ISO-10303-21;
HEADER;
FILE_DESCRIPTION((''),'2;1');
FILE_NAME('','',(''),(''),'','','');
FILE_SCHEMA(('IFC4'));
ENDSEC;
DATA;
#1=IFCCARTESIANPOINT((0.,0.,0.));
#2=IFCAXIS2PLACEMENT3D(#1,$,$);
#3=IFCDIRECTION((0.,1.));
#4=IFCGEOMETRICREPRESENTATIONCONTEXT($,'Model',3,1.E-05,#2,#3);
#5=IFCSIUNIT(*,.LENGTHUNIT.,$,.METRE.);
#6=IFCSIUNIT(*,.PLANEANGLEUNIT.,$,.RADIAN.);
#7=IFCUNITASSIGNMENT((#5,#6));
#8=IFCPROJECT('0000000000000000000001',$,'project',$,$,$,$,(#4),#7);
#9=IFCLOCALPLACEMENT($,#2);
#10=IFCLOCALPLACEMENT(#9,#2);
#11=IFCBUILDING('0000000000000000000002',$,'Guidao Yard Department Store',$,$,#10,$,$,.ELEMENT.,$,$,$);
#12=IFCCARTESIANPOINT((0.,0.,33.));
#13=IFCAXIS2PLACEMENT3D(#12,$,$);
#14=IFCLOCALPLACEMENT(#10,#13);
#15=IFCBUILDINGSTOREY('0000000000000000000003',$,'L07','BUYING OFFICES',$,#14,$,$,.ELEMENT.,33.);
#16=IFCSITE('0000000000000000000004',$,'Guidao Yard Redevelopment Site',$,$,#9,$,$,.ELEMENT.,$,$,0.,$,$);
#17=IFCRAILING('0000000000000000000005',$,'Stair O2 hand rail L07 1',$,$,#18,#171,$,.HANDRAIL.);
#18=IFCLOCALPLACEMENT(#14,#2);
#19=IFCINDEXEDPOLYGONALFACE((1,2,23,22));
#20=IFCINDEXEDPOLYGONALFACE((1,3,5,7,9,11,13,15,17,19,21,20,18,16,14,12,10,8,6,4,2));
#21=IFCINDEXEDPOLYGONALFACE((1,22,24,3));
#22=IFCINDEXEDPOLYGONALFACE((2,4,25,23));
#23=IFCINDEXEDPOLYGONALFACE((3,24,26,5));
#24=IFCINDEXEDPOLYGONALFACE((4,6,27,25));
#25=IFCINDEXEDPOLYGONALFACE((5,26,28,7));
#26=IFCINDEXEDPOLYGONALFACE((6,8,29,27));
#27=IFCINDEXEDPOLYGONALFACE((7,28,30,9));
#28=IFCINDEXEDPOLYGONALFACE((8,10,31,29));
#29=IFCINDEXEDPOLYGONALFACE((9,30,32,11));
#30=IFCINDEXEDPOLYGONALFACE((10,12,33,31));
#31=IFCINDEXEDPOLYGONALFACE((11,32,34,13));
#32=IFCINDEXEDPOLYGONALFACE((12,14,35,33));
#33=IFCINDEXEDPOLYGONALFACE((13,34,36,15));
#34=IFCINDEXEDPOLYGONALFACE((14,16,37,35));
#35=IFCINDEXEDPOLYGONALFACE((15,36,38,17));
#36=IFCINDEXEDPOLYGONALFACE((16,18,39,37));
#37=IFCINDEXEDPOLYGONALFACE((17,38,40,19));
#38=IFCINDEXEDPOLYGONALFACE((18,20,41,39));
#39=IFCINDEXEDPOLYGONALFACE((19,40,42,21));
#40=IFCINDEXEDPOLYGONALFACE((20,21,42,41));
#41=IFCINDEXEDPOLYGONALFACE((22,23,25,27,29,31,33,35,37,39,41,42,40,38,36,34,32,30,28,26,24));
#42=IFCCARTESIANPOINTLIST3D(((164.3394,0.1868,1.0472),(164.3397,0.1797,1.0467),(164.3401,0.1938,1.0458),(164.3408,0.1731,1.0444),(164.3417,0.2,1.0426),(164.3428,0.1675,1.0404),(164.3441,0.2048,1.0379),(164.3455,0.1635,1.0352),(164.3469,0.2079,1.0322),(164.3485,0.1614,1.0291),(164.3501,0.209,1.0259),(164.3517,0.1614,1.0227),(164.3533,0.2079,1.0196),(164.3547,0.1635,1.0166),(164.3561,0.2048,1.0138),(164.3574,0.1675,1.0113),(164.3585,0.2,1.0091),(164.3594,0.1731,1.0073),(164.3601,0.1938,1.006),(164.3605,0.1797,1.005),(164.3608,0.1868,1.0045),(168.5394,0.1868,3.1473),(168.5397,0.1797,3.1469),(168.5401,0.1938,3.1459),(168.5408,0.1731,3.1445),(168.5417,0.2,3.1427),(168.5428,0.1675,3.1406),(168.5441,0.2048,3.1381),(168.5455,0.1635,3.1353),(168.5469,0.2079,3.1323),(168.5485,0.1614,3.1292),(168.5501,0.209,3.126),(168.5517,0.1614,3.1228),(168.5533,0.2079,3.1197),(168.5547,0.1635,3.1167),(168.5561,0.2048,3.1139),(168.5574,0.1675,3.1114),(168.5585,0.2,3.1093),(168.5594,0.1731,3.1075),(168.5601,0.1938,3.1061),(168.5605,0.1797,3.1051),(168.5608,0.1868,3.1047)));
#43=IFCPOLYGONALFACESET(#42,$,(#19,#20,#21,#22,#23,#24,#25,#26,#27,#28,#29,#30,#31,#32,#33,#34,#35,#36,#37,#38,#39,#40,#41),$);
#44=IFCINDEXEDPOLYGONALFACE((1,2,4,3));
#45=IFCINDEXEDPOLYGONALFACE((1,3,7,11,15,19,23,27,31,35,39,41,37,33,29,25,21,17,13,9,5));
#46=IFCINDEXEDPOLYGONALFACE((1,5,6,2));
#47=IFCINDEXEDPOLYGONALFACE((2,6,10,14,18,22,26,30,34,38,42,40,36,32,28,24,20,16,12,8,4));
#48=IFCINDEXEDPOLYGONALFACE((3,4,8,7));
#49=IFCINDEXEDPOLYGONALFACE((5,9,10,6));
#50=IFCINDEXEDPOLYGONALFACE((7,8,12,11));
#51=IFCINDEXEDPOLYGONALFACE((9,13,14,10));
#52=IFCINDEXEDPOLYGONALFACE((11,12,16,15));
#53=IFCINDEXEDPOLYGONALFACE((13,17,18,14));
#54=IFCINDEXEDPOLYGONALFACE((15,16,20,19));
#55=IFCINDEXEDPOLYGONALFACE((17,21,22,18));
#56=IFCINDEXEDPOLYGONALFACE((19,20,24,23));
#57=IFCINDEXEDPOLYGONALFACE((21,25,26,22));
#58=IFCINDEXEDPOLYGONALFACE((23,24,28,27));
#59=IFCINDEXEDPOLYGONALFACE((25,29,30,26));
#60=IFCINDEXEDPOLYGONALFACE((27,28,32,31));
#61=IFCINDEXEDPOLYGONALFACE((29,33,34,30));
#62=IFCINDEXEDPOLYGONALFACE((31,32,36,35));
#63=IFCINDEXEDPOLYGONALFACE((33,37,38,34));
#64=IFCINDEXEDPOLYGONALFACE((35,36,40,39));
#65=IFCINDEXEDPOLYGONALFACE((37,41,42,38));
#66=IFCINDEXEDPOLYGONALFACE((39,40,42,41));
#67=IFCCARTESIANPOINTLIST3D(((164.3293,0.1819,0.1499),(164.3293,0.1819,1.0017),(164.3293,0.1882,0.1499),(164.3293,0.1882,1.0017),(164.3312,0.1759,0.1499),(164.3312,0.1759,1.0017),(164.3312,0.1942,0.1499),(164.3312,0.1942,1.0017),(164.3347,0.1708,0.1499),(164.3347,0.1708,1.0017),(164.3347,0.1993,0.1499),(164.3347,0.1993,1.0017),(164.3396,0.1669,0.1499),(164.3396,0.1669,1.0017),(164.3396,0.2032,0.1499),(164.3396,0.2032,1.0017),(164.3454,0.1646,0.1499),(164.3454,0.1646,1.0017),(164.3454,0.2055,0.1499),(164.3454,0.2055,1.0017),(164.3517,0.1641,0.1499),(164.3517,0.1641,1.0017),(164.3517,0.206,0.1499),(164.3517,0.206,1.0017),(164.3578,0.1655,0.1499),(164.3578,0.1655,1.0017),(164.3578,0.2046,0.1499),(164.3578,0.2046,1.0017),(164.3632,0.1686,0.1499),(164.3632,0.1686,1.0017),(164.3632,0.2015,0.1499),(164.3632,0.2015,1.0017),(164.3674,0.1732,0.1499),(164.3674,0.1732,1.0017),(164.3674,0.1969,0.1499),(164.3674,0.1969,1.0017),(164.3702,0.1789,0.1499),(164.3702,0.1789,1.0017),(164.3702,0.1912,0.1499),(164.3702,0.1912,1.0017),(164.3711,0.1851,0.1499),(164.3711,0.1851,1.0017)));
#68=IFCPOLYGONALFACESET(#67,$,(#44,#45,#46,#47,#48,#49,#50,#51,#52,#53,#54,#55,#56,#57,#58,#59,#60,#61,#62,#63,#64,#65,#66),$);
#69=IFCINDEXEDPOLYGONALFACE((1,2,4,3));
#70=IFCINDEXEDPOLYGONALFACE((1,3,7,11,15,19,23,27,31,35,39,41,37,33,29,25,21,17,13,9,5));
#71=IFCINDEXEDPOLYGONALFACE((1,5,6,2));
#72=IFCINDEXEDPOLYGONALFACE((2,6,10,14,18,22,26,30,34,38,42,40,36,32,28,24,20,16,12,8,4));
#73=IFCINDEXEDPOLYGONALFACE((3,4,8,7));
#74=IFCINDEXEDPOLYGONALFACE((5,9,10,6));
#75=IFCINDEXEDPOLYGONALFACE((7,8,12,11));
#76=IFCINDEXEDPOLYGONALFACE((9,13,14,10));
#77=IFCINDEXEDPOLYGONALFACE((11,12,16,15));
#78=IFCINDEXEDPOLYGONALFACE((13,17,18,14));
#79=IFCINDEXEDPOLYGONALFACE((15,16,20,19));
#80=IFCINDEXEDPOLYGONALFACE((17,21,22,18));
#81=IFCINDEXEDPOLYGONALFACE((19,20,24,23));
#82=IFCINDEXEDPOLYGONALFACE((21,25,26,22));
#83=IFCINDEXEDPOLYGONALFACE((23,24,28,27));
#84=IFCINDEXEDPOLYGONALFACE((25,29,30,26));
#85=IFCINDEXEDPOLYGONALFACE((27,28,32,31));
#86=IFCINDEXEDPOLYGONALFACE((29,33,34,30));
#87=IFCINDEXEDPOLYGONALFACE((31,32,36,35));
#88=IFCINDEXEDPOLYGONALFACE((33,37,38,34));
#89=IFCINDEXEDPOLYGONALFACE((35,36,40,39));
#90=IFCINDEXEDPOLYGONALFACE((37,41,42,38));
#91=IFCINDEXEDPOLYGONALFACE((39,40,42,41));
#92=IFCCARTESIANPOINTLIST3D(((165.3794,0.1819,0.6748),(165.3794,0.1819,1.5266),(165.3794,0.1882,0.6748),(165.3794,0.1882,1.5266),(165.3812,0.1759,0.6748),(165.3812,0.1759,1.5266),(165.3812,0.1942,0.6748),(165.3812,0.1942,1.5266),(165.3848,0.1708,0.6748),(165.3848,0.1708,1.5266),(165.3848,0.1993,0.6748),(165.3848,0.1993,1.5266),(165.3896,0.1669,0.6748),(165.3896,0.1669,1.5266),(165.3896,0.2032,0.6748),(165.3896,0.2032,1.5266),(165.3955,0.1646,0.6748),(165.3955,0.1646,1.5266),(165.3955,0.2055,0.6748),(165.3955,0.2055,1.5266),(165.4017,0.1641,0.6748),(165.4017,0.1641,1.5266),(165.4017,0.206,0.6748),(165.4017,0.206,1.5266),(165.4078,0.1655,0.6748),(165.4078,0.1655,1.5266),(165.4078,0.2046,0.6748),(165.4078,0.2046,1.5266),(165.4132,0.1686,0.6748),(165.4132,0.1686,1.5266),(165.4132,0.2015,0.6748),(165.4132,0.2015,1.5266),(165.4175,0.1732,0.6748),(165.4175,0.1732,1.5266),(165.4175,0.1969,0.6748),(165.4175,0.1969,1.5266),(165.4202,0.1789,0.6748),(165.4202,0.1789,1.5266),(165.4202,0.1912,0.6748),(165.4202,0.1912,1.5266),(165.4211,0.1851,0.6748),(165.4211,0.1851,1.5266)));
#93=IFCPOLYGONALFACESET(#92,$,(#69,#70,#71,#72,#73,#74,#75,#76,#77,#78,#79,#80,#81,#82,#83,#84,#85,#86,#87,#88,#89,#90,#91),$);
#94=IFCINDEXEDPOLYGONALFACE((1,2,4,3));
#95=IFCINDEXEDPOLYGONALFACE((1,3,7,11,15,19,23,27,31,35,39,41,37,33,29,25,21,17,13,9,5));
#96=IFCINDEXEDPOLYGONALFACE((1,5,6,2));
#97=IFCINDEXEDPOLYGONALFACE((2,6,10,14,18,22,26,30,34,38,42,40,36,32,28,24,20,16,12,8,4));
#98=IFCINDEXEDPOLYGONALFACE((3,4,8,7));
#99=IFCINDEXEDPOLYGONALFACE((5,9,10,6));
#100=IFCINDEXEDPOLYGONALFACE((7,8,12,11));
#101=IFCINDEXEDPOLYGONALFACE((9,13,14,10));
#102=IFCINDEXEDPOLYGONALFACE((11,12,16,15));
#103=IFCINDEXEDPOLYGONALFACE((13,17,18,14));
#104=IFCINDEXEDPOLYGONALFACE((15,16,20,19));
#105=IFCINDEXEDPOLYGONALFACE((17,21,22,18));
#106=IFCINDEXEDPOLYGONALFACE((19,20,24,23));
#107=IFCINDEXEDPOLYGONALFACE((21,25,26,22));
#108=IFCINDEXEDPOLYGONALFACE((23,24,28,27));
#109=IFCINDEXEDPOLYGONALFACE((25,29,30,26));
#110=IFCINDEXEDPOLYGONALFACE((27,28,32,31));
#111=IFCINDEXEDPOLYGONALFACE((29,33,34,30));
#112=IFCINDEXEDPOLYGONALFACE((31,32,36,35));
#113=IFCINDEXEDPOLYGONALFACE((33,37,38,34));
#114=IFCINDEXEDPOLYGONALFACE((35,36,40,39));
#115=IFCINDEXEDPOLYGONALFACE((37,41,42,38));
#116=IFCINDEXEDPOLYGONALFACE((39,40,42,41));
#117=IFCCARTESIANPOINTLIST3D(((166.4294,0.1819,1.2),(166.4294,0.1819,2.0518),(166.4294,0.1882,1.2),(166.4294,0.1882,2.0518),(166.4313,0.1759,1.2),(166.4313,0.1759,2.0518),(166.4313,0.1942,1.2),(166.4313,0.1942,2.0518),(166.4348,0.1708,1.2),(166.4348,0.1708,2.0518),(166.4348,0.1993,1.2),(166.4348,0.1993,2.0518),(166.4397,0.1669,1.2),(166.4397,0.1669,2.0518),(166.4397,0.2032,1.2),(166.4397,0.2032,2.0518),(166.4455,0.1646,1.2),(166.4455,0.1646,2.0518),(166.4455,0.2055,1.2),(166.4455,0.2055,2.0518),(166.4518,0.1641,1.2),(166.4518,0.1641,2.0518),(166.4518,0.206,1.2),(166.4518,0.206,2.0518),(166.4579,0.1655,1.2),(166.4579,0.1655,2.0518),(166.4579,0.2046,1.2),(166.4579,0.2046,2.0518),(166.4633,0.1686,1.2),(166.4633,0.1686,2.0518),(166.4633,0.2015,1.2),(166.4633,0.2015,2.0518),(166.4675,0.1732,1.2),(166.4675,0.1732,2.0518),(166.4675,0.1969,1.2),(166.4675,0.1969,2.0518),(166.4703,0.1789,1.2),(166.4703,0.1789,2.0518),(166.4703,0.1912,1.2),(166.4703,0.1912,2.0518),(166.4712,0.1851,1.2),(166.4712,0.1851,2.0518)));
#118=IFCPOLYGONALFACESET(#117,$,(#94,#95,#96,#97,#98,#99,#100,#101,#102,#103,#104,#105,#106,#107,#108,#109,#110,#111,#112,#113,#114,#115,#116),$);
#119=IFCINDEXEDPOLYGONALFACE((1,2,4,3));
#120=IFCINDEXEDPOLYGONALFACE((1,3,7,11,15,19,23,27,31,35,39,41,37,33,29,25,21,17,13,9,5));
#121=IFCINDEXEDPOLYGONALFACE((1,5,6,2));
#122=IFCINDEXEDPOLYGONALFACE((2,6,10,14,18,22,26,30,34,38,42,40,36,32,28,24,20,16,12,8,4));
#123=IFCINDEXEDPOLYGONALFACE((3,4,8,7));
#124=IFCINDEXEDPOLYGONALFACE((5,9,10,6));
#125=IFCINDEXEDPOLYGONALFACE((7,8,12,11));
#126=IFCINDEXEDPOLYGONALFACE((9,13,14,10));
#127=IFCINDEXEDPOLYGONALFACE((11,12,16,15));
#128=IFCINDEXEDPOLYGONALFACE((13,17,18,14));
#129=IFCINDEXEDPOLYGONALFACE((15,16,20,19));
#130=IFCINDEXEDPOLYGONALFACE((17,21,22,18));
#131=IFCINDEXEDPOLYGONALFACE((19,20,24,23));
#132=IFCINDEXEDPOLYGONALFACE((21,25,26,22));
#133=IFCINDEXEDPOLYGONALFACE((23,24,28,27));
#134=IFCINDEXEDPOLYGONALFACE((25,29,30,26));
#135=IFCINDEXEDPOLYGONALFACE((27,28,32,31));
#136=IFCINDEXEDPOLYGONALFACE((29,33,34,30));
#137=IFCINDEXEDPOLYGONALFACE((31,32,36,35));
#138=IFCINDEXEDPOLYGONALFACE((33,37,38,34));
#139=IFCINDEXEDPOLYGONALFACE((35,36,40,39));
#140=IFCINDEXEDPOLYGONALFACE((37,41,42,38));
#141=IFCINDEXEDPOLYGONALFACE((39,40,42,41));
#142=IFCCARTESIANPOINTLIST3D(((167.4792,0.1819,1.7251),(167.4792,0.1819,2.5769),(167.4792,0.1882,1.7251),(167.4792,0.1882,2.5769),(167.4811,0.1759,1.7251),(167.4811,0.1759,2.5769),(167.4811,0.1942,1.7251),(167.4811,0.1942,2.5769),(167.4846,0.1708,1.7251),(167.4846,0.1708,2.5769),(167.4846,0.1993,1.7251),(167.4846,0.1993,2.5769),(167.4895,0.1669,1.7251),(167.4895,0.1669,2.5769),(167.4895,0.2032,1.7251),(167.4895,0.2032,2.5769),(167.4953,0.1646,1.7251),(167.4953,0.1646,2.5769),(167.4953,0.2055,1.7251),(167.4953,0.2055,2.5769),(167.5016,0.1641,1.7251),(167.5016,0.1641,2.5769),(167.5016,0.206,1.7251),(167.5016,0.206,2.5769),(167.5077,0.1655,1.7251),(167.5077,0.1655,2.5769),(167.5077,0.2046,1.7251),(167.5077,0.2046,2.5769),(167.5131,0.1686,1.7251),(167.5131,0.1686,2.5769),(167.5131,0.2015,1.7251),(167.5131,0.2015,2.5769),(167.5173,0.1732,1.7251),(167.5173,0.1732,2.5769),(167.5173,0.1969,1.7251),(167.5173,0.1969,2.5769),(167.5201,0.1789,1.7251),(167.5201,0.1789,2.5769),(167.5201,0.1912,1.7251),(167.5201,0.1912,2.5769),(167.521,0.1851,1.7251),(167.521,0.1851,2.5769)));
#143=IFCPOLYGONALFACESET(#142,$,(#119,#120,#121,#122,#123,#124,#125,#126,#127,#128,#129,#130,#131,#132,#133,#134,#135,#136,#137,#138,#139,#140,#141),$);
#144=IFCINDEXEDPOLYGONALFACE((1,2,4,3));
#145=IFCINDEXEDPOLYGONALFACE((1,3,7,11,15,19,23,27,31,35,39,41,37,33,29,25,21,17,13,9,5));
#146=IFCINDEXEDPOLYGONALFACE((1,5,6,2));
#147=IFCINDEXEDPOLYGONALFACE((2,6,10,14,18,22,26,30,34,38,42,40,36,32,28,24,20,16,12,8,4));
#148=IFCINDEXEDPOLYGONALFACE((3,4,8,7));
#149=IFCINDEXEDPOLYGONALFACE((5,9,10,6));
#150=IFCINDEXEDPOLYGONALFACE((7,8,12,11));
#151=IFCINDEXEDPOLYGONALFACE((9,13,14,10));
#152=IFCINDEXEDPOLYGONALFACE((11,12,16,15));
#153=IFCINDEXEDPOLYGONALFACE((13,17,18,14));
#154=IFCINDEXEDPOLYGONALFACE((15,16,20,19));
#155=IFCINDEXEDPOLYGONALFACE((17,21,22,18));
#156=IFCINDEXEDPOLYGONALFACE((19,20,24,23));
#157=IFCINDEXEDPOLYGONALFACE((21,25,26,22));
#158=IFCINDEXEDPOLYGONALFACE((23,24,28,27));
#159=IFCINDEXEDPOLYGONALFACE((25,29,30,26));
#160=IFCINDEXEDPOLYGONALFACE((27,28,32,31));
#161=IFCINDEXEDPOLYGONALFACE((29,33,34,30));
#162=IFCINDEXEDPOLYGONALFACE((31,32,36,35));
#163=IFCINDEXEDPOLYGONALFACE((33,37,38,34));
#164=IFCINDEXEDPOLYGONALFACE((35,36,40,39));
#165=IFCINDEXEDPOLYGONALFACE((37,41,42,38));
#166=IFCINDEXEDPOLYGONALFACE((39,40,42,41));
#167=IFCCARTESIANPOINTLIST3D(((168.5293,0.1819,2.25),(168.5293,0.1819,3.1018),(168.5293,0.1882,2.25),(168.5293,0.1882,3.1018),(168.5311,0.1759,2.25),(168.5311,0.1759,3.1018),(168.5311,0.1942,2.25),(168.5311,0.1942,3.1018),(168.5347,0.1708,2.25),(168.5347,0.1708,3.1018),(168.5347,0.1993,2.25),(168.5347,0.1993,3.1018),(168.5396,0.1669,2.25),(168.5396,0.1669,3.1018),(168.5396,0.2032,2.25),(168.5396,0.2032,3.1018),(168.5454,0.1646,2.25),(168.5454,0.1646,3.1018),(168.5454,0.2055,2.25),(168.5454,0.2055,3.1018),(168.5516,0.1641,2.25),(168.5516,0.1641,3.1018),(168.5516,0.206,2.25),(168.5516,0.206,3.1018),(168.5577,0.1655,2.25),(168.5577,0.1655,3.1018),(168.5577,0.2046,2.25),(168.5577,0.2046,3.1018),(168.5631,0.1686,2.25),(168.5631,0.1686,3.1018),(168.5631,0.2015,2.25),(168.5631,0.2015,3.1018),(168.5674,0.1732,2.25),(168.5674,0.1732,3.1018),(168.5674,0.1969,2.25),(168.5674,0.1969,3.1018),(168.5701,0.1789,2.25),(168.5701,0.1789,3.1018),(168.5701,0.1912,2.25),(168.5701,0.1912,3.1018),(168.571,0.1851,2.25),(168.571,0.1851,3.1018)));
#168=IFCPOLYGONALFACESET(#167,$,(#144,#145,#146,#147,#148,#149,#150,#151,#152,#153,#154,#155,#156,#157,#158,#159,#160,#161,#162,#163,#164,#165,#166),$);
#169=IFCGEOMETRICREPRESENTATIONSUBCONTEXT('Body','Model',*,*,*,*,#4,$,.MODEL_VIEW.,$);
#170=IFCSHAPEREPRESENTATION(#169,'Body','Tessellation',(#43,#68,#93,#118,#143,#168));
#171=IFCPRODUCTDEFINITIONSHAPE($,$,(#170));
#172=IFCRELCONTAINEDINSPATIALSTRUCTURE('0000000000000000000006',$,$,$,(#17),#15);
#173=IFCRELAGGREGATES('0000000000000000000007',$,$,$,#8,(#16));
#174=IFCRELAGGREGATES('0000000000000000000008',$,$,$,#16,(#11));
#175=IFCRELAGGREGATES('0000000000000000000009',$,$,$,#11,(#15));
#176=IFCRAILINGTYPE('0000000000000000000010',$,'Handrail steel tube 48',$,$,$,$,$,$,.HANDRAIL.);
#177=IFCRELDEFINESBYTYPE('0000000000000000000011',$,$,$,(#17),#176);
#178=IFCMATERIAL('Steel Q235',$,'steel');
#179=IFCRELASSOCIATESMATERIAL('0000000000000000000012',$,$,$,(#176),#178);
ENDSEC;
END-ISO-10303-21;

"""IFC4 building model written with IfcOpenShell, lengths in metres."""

from ifc_helpers import new_model, si_unit, direction, frame, origin, origin_2d, place, context, subcontext, project, spatial, circle, extrude, material, type_object, element, save


model = new_model("IFC4")

# Units and contexts
model_context = context("Model", 3, precision=1e-05, world=origin(), true_north=direction((0.0, 1.0)))
body_context = subcontext(model_context, "Body", "Model", "MODEL_VIEW")
ifc_project = project(units=[si_unit("LENGTHUNIT", "METRE"), si_unit("PLANEANGLEUNIT", "RADIAN")], contexts=[model_context])

# Site, building, storey
site_placement = place(None, origin())
site = spatial("IfcSite", under=ifc_project, at=site_placement, Name="Guidao Yard Redevelopment Site", CompositionType="ELEMENT", RefElevation=0.0)
building_placement = place(site_placement, origin())
building = spatial("IfcBuilding", under=site, at=building_placement, Name="Guidao Yard Department Store", CompositionType="ELEMENT")
storey_placement = place(building_placement, frame((0.0, 0.0, 33.0)))
storey = spatial("IfcBuildingStorey", under=building, at=storey_placement, Name="L07", Description="BUYING OFFICES", CompositionType="ELEMENT", Elevation=33.0)

# Railing
ifc_material_1 = material(Name="Steel Q235", Category="steel")
railing_type = type_object("IfcRailingType", Name="Handrail steel tube 48", PredefinedType="HANDRAIL", material=ifc_material_1)
railing_placement = place(storey_placement, frame((164.3501, 0.1851, 0.1499)))
element("IfcRailing", 1, at=railing_placement, inside=storey, type_object=railing_type, Name="Stair O2 hand rail L07 1", PredefinedType="HANDRAIL", context=body_context, shape_type="SweptSolid", body=[
    extrude(circle(Radius=0.0239, at=origin_2d()), frame((0.0, 0.0, 0.876), z_axis=(0.894417, 0.0, 0.447234), x_axis=(0.0, 1.0, 0.0)), (0.0, 0.0, 1.0), 4.6958),
    extrude(circle(Radius=0.021, at=origin_2d()), origin(), (0.0, 0.0, 1.0), 0.8518),
    extrude(circle(Radius=0.021, at=origin_2d()), frame((1.05, 0.0, 0.5249)), (0.0, 0.0, 1.0), 0.8518),
    extrude(circle(Radius=0.021, at=origin_2d()), frame((2.1001, 0.0, 1.05)), (0.0, 0.0, 1.0), 0.8518),
    extrude(circle(Radius=0.021, at=origin_2d()), frame((3.1499, 0.0, 1.5752)), (0.0, 0.0, 1.0), 0.8518),
    extrude(circle(Radius=0.021, at=origin_2d()), frame((4.2, 0.0, 2.1001)), (0.0, 0.0, 1.0), 0.8518),
])

save(model, "model.ifc")
